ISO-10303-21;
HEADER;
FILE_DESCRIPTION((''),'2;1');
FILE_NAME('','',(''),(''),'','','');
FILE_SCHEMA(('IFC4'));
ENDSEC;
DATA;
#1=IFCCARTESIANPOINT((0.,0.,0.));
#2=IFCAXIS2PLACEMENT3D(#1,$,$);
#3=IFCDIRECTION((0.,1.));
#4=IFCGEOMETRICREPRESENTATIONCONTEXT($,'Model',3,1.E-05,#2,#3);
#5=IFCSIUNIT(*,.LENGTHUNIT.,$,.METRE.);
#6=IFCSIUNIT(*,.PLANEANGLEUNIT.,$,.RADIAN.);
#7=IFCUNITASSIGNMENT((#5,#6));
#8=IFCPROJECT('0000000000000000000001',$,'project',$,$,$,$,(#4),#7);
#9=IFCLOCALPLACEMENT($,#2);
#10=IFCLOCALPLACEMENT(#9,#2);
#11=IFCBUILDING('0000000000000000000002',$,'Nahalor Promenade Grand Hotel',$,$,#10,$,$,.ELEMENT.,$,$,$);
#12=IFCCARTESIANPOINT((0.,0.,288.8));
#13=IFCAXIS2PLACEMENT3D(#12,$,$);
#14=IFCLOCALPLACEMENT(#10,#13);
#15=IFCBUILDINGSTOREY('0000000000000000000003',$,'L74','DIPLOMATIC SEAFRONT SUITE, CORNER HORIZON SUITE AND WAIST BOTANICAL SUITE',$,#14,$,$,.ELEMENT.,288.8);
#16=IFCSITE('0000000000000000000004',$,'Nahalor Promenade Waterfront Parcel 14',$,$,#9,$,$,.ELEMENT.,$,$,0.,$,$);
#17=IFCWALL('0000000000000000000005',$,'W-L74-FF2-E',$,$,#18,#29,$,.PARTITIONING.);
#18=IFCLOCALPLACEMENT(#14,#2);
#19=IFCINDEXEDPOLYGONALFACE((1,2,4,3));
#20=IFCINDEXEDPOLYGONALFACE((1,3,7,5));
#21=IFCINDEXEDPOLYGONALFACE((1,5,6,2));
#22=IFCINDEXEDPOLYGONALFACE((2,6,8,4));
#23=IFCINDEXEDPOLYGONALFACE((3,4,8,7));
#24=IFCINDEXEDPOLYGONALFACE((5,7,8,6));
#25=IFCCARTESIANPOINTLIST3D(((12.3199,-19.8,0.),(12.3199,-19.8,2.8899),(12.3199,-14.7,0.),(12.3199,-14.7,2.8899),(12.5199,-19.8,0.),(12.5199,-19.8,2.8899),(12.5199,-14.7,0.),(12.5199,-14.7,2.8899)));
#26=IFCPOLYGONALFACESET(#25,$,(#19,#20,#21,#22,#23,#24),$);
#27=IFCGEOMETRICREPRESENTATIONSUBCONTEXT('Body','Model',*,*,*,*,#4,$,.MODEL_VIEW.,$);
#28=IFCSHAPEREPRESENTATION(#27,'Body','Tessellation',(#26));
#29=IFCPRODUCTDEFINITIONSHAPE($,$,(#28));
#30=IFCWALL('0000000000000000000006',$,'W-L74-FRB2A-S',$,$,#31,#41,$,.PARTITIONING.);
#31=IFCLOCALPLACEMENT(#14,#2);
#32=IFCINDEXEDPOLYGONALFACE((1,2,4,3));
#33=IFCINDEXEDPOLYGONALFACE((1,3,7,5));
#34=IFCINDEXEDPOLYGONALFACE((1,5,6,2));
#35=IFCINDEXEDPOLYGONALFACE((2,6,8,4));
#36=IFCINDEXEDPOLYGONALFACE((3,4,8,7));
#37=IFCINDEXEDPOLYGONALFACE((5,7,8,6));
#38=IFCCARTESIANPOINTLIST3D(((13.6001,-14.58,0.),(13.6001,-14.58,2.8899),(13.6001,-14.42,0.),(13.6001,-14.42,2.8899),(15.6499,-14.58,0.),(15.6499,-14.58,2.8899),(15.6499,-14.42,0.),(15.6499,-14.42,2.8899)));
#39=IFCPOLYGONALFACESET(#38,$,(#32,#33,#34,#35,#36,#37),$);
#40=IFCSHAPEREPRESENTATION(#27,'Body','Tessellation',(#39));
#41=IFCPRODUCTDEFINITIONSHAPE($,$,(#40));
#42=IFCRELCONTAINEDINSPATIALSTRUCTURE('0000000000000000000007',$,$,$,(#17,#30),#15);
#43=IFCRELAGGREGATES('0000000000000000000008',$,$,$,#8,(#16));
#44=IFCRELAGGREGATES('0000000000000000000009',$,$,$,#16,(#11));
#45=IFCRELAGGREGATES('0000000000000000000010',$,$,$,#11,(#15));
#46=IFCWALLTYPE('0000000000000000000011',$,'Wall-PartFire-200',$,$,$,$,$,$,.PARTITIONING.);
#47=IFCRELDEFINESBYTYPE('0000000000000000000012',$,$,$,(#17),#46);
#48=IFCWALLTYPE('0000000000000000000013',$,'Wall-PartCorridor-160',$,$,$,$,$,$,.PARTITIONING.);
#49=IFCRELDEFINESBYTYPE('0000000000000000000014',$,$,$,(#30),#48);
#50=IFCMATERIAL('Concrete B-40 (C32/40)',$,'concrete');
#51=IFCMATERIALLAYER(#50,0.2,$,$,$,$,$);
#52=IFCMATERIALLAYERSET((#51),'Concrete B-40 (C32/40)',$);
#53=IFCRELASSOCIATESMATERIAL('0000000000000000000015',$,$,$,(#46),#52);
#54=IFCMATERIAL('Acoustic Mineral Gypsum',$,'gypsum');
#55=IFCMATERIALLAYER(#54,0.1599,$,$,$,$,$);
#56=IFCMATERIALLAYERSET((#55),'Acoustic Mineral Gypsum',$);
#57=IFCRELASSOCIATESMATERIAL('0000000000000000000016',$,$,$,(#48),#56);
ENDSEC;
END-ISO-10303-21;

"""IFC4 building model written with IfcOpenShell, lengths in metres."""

from ifc_helpers import new_model, si_unit, direction, frame, frame_2d, origin, place, context, subcontext, project, spatial, rectangle, extrude, source, transform, mapped, material, layer, layer_set, type_object, element, save


model = new_model("IFC4")

# Units and contexts
model_context = context("Model", 3, precision=1e-05, world=origin(), true_north=direction((0.0, 1.0)))
body_context = subcontext(model_context, "Body", "Model", "MODEL_VIEW")
ifc_project = project(units=[si_unit("LENGTHUNIT", "METRE"), si_unit("PLANEANGLEUNIT", "RADIAN")], contexts=[model_context])

# Site, building, storey
site_placement = place(None, origin())
site = spatial("IfcSite", under=ifc_project, at=site_placement, Name="Nahalor Promenade Waterfront Parcel 14", CompositionType="ELEMENT", RefElevation=0.0)
building_placement = place(site_placement, origin())
building = spatial("IfcBuilding", under=site, at=building_placement, Name="Nahalor Promenade Grand Hotel", CompositionType="ELEMENT")
storey_placement = place(building_placement, frame((0.0, 0.0, 288.8)))
storey = spatial("IfcBuildingStorey", under=building, at=storey_placement, Name="L74", Description="DIPLOMATIC SEAFRONT SUITE, CORNER HORIZON SUITE AND WAIST BOTANICAL SUITE", CompositionType="ELEMENT", Elevation=288.8)

# Wall
ifc_material_1 = material(Name="Concrete B-40 (C32/40)", Category="concrete")
ifc_layer_1 = layer(ifc_material_1, 0.2)
ifc_layer_set_1 = layer_set([ifc_layer_1], Name="Concrete B-40 (C32/40)")
wall_type_1 = type_object("IfcWallType", Name="Wall-PartFire-200", PredefinedType="PARTITIONING", material=ifc_layer_set_1)
shared_shape_1 = source(origin(), body_context, "Body", "SweptSolid", [
    extrude(rectangle(XDim=5.1001, YDim=0.2, at=frame_2d((2.55, 0.0))), origin(), (0.0, 0.0, 1.0), 2.8899),
])
wall_1_placement = place(storey_placement, frame((12.4199, -19.8, 0.0), z_axis=(0.0, 0.0, 1.0), x_axis=(0.0, 1.0, 0.0)))
element("IfcWall", 1, at=wall_1_placement, inside=storey, type_object=wall_type_1, Name="W-L74-FF2-E", PredefinedType="PARTITIONING", context=body_context, shape_type="MappedRepresentation", body=[
    mapped(shared_shape_1, transform((0.0, 0.0, 0.0), scale=1.0)),
])

# Wall
ifc_material_2 = material(Name="Acoustic Mineral Gypsum", Category="gypsum")
ifc_layer_2 = layer(ifc_material_2, 0.1599)
ifc_layer_set_2 = layer_set([ifc_layer_2], Name="Acoustic Mineral Gypsum")
wall_type_2 = type_object("IfcWallType", Name="Wall-PartCorridor-160", PredefinedType="PARTITIONING", material=ifc_layer_set_2)
shared_shape_2 = source(origin(), body_context, "Body", "SweptSolid", [
    extrude(rectangle(XDim=2.0498, YDim=0.1599, at=frame_2d((1.0249, 0.0))), origin(), (0.0, 0.0, 1.0), 2.8899),
])
wall_2_placement = place(storey_placement, frame((13.6001, -14.5, 0.0), z_axis=(0.0, 0.0, 1.0), x_axis=(1.0, 0.0, 0.0)))
element("IfcWall", 2, at=wall_2_placement, inside=storey, type_object=wall_type_2, Name="W-L74-FRB2A-S", PredefinedType="PARTITIONING", context=body_context, shape_type="MappedRepresentation", body=[
    mapped(shared_shape_2, transform((0.0, 0.0, 0.0), scale=1.0)),
])

save(model, "model.ifc")
